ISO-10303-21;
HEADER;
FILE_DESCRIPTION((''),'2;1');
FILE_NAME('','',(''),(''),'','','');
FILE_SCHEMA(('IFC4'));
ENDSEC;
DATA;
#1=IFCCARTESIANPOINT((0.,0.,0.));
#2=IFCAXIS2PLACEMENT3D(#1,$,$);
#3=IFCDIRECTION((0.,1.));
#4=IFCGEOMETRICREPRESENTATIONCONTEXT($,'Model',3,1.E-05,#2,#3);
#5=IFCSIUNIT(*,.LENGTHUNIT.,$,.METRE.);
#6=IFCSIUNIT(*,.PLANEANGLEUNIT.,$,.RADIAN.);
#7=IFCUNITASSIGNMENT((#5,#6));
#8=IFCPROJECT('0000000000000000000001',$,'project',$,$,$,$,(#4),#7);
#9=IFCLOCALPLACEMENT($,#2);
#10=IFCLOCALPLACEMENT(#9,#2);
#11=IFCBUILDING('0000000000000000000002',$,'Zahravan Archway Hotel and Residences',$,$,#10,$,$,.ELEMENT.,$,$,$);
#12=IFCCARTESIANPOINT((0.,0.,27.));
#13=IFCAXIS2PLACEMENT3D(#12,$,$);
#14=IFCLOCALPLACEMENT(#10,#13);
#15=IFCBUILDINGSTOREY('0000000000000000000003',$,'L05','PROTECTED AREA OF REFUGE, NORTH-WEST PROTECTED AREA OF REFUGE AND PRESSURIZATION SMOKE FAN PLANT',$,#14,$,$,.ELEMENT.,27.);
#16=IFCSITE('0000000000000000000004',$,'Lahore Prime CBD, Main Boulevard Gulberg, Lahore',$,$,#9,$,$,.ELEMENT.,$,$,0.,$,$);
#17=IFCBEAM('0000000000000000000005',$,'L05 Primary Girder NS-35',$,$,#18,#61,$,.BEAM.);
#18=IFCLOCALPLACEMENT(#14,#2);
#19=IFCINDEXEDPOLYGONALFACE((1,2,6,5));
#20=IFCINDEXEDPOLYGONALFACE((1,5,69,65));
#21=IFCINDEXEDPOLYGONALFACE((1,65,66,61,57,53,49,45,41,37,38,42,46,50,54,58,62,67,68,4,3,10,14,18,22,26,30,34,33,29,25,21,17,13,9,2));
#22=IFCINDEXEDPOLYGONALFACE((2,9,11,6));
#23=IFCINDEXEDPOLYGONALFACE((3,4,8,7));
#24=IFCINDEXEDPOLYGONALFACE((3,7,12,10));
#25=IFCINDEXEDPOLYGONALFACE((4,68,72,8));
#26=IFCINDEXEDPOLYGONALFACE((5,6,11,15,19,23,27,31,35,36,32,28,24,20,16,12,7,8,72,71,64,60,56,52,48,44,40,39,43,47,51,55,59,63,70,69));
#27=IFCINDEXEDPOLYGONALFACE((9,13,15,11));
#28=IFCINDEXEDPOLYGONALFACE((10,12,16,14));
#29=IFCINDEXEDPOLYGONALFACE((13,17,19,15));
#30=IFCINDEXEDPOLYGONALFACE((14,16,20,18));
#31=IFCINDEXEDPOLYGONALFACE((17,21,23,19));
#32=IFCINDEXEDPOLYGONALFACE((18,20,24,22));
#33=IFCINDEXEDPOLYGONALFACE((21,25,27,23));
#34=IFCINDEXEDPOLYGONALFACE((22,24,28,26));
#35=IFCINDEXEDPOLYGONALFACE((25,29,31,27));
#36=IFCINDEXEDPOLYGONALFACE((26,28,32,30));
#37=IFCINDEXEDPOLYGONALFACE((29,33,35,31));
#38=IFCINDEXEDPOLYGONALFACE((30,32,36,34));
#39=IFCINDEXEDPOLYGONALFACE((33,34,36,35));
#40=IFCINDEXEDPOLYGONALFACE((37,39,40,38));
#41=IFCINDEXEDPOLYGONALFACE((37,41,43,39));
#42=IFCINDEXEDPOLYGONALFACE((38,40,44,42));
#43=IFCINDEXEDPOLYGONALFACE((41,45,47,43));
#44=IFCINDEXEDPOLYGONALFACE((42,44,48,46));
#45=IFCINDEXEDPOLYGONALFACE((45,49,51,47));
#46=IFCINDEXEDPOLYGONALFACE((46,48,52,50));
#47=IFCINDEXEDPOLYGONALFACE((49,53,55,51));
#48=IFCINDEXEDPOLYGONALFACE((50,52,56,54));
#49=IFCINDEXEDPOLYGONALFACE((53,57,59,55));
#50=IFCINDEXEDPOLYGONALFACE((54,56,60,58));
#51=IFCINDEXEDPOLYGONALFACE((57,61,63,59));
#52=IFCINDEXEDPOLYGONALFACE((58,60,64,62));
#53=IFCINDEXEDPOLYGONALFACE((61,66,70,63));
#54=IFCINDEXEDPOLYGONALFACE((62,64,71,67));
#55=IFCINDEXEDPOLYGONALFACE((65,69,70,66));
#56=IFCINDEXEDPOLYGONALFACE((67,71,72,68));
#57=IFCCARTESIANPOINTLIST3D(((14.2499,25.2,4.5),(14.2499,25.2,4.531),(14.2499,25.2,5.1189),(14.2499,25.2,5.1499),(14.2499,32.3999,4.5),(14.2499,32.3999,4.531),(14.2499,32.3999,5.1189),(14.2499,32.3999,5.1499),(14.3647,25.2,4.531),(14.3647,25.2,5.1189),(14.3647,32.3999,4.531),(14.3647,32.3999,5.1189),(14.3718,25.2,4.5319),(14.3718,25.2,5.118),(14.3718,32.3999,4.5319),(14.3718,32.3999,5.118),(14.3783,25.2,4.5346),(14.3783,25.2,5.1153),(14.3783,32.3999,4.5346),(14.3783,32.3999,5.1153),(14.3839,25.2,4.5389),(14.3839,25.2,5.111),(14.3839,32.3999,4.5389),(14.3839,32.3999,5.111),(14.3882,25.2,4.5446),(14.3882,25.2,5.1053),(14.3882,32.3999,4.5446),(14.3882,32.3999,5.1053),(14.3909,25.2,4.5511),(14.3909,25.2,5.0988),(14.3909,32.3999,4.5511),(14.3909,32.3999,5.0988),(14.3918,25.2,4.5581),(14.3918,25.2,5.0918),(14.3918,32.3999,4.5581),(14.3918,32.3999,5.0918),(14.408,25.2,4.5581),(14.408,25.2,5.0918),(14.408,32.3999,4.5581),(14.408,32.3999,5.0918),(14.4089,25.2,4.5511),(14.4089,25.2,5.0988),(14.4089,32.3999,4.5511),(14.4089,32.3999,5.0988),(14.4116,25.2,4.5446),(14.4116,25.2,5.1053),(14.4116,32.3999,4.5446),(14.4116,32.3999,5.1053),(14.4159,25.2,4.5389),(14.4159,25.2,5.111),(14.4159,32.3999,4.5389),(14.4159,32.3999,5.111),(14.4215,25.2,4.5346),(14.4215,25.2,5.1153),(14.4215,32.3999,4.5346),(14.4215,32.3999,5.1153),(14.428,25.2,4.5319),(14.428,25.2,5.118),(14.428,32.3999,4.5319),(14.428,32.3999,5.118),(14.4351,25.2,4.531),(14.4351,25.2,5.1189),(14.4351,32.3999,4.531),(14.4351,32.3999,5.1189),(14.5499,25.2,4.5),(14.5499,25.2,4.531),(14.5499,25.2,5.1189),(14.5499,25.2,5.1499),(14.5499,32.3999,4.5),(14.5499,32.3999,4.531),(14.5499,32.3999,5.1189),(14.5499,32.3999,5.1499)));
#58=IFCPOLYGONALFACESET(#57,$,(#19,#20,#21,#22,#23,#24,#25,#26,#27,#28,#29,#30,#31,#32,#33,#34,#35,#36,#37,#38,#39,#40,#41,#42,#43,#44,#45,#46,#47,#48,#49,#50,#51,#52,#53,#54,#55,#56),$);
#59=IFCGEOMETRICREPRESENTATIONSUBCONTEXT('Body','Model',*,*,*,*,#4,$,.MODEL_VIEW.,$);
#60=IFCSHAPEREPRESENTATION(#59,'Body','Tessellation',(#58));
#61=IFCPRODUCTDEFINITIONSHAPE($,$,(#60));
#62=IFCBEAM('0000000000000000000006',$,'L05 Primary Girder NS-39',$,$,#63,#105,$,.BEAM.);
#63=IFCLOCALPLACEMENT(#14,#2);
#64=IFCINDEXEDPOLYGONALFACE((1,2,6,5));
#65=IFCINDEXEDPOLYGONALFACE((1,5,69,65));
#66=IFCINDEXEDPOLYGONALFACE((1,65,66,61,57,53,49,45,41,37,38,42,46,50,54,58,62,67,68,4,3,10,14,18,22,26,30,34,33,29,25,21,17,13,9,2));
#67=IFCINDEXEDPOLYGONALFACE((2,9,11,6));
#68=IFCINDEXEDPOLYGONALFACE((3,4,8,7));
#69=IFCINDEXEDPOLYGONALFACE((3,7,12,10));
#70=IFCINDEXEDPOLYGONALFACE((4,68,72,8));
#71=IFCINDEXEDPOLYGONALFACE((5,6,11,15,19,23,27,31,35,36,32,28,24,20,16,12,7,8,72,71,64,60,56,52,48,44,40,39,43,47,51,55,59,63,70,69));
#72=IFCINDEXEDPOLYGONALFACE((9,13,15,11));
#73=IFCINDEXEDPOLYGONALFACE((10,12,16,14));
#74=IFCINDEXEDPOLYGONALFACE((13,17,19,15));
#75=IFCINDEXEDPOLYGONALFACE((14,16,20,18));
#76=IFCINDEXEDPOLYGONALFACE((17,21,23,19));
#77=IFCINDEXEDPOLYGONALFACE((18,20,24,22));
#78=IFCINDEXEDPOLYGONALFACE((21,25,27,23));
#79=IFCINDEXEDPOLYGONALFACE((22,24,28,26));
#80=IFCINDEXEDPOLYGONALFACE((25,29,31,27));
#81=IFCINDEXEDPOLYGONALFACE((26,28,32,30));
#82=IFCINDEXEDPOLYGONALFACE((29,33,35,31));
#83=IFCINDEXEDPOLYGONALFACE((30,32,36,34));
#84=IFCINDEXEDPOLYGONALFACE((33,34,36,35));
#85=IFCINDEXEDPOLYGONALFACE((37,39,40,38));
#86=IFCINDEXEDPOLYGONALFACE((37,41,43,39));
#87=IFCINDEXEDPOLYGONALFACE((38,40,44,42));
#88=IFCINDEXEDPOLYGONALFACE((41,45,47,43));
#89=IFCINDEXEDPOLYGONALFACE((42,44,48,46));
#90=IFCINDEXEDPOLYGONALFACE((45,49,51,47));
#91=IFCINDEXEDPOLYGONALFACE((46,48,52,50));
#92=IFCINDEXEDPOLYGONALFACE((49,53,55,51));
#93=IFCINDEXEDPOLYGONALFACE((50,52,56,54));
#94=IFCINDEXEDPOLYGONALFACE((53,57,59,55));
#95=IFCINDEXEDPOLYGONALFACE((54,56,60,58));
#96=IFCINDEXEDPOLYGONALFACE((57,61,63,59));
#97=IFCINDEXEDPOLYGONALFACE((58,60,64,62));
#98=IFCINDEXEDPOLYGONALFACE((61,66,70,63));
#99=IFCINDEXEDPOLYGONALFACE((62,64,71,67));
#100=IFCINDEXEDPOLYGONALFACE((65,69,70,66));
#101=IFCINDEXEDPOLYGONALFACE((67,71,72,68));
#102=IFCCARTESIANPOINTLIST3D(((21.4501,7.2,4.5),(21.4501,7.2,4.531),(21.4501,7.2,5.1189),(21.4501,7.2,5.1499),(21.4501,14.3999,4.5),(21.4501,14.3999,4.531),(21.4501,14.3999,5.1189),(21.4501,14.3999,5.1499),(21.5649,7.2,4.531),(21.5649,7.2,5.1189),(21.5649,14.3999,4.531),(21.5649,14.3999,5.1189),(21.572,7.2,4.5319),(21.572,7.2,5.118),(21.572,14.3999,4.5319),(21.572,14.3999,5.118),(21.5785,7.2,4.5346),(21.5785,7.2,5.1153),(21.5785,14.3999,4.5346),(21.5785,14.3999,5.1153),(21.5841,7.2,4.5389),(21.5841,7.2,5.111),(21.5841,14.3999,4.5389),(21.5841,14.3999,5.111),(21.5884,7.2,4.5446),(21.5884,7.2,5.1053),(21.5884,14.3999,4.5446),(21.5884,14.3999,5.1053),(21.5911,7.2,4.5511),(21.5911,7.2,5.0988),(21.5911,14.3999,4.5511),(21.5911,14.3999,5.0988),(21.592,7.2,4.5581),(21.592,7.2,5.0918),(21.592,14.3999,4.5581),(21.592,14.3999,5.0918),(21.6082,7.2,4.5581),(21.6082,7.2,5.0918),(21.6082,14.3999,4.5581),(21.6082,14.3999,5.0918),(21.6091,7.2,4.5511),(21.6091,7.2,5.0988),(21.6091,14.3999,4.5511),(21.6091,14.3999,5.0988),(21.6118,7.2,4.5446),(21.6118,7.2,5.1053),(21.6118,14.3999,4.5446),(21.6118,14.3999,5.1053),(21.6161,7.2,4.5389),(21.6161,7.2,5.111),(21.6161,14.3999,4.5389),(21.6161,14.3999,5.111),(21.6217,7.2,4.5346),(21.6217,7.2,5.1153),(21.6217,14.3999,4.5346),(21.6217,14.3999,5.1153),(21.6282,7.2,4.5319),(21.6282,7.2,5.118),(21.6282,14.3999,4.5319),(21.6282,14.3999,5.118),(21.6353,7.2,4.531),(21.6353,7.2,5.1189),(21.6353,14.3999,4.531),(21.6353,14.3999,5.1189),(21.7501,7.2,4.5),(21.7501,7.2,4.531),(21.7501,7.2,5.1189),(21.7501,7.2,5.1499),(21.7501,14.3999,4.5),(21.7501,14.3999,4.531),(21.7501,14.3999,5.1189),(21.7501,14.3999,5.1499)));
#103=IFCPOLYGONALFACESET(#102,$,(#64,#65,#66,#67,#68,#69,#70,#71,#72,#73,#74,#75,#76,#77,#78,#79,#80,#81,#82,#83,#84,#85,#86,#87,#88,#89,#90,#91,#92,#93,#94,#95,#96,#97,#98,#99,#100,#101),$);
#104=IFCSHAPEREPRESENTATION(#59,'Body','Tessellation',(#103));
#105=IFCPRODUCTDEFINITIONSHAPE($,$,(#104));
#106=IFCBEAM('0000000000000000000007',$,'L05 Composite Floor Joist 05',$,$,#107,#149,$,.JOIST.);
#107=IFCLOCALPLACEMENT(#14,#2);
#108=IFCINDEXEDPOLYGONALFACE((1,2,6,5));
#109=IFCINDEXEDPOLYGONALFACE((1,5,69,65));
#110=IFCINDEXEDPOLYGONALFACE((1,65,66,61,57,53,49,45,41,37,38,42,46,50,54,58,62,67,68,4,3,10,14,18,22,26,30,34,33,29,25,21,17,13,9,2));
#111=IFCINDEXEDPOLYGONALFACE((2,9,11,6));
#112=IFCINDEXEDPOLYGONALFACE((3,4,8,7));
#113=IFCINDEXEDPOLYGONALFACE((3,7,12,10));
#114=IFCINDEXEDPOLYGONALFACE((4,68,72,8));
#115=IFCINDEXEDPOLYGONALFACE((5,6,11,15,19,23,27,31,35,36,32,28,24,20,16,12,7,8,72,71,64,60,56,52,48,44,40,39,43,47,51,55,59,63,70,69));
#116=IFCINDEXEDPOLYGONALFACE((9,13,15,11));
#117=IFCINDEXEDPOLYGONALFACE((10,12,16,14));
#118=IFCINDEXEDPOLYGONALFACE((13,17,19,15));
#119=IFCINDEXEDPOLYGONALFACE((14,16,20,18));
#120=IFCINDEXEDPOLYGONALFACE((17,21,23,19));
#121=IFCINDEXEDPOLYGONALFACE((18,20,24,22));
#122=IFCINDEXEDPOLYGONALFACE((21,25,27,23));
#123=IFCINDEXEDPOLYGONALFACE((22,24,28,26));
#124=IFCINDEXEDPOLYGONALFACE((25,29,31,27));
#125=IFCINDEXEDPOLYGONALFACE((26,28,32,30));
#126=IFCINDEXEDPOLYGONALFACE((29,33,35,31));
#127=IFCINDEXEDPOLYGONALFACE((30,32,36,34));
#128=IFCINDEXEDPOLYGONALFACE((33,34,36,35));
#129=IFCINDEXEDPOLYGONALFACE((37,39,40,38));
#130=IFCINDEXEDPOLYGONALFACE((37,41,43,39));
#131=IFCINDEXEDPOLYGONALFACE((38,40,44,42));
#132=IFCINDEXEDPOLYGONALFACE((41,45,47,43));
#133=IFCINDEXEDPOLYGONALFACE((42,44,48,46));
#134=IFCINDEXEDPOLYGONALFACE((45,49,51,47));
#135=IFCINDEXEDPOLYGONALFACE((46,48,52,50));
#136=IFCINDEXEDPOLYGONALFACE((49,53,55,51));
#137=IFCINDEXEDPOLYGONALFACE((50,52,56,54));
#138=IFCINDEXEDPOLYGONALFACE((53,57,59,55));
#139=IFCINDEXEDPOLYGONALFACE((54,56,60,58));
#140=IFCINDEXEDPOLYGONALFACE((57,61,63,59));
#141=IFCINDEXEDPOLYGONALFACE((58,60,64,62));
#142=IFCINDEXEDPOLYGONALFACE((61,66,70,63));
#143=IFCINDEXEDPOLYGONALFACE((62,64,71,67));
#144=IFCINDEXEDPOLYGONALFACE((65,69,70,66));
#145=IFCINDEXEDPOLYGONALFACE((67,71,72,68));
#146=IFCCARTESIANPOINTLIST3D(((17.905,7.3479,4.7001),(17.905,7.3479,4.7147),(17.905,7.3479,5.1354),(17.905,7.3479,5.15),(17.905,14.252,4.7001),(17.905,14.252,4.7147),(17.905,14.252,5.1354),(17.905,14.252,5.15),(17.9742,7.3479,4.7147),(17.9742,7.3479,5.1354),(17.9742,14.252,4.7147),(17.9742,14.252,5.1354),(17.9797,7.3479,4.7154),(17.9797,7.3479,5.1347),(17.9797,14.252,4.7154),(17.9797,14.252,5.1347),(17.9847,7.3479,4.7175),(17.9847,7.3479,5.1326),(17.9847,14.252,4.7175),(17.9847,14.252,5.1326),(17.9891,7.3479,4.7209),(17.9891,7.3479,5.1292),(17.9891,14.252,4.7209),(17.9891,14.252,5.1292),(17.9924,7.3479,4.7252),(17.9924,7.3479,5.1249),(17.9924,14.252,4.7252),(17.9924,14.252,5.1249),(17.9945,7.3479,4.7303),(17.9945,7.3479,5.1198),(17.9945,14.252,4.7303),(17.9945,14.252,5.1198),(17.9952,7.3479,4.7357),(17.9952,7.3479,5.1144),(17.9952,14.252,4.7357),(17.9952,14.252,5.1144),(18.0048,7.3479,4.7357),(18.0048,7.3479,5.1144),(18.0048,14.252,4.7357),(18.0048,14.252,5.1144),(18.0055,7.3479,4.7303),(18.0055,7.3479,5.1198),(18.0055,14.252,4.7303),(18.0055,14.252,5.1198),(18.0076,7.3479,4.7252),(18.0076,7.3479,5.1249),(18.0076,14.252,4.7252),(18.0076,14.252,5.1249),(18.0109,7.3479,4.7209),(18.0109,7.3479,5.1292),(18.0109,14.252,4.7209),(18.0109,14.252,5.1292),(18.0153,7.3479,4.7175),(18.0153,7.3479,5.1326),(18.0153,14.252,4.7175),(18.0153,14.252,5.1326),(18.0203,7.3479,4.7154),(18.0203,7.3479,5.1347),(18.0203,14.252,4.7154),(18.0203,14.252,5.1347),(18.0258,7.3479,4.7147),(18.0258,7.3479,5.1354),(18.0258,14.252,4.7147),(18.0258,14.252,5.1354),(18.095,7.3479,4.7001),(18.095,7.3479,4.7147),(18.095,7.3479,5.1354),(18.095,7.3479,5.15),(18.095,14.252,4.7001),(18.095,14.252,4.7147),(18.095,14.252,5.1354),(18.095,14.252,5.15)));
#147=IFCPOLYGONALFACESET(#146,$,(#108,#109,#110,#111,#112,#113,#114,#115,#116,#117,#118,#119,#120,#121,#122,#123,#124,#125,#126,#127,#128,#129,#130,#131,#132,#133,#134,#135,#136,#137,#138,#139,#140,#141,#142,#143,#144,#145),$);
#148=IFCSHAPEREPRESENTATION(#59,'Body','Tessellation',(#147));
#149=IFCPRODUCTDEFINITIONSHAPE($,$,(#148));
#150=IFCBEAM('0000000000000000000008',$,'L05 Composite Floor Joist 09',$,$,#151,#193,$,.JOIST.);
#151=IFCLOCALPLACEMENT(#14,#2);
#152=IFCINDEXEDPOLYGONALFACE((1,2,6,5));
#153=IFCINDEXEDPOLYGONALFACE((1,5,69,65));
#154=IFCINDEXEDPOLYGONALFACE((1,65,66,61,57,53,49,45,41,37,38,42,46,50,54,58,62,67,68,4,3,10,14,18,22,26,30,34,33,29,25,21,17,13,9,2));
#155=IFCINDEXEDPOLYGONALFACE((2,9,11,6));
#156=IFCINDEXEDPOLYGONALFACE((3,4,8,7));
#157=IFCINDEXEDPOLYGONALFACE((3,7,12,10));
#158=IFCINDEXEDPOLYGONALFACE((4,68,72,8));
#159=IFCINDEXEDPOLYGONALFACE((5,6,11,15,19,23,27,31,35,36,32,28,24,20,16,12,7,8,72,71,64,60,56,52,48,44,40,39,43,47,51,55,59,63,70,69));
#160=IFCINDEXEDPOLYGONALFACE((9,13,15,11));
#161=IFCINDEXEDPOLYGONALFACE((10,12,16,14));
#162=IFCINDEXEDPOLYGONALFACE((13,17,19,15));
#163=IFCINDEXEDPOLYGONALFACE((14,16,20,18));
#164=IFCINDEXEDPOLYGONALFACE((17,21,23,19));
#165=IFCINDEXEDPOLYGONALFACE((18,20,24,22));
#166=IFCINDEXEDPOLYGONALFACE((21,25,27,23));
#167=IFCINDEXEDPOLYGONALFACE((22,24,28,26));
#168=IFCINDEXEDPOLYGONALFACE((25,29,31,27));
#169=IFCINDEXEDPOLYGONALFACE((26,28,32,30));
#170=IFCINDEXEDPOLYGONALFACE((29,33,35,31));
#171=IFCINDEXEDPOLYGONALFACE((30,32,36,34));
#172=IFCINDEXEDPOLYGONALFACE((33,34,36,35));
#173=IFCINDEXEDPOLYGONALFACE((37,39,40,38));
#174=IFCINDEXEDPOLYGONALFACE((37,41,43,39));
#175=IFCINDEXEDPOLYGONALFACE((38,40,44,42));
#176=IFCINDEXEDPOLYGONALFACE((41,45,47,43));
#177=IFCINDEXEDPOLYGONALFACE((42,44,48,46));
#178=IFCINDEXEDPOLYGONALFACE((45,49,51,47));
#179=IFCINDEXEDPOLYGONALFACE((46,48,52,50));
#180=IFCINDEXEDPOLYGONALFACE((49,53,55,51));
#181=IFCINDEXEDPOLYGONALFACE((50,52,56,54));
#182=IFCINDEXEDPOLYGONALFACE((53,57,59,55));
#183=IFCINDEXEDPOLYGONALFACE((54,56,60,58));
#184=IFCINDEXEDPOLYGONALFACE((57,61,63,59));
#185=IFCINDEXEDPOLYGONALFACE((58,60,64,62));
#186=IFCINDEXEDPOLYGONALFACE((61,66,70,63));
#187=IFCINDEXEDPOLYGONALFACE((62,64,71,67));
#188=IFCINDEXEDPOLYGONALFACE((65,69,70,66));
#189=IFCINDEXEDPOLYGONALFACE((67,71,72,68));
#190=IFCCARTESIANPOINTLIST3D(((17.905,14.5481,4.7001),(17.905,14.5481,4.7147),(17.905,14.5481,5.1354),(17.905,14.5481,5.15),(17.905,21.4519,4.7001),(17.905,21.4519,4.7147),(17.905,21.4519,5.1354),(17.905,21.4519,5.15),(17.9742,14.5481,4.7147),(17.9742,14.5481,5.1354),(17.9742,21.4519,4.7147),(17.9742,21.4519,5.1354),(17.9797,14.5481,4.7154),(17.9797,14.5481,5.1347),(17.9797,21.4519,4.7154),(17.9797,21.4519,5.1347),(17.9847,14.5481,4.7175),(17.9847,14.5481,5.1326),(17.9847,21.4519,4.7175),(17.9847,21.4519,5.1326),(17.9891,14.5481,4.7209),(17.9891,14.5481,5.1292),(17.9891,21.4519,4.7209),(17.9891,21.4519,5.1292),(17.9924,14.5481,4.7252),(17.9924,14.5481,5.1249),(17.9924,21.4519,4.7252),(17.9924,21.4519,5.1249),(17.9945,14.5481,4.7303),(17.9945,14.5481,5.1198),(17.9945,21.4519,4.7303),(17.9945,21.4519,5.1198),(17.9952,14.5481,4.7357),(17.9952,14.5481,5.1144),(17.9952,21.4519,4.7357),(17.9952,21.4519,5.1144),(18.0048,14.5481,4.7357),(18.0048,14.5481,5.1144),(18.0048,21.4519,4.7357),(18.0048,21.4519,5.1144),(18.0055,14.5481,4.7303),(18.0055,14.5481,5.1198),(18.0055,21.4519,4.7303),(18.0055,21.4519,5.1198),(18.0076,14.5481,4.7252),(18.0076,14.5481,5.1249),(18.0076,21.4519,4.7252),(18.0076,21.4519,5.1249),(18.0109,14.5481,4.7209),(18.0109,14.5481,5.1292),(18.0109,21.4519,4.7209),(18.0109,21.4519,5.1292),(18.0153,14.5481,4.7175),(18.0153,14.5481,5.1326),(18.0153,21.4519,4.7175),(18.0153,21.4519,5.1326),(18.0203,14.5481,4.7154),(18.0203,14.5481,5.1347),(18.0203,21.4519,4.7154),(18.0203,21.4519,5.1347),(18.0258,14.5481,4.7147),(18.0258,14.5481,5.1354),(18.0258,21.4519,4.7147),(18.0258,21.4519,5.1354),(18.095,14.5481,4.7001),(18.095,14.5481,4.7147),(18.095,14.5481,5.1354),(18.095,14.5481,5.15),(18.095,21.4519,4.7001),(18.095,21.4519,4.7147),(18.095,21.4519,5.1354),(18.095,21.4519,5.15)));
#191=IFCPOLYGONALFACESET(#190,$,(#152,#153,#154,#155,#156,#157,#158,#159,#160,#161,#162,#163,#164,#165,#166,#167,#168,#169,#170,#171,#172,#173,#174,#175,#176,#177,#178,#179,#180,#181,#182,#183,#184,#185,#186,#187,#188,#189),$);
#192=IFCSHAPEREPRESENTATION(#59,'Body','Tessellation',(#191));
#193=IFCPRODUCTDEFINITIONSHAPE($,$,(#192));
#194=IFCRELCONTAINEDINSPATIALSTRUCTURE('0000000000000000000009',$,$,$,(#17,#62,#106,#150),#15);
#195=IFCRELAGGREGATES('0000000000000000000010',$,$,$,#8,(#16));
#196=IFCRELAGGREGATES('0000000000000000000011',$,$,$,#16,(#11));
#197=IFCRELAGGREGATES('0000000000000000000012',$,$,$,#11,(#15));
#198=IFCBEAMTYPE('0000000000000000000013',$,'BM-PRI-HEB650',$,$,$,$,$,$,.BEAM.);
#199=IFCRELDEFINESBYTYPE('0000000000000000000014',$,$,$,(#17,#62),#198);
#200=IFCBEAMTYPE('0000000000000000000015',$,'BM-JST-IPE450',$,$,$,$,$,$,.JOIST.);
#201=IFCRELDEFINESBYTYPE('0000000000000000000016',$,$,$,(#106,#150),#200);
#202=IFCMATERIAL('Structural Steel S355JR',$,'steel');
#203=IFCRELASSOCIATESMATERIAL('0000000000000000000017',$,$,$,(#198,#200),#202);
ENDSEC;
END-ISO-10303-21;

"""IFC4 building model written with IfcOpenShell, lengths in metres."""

from ifc_helpers import new_model, si_unit, direction, frame, origin, origin_2d, place, context, subcontext, project, spatial, i_section, extrude, source, transform, mapped, material, material_profile, profile_set, type_object, type_shapes, element, save


model = new_model("IFC4")

# Units and contexts
model_context = context("Model", 3, precision=1e-05, world=origin(), true_north=direction((0.0, 1.0)))
body_context = subcontext(model_context, "Body", "Model", "MODEL_VIEW")
ifc_project = project(units=[si_unit("LENGTHUNIT", "METRE"), si_unit("PLANEANGLEUNIT", "RADIAN")], contexts=[model_context])

# Site, building, storey
site_placement = place(None, origin())
site = spatial("IfcSite", under=ifc_project, at=site_placement, Name="Lahore Prime CBD, Main Boulevard Gulberg, Lahore", CompositionType="ELEMENT", RefElevation=0.0)
building_placement = place(site_placement, origin())
building = spatial("IfcBuilding", under=site, at=building_placement, Name="Zahravan Archway Hotel and Residences", CompositionType="ELEMENT")
storey_placement = place(building_placement, frame((0.0, 0.0, 27.0)))
storey = spatial("IfcBuildingStorey", under=building, at=storey_placement, Name="L05", Description="PROTECTED AREA OF REFUGE, NORTH-WEST PROTECTED AREA OF REFUGE AND PRESSURIZATION SMOKE FAN PLANT", CompositionType="ELEMENT", Elevation=27.0)

# Beams
ifc_material_1 = material(Name="Structural Steel S355JR", Category="steel")
ifc_material_profile_1 = material_profile(ifc_material_1, i_section(OverallWidth=0.3, OverallDepth=0.6499, WebThickness=0.0161, FlangeThickness=0.031, FilletRadius=0.0271, at=origin_2d()), Name="HEB 650", Category="steel")
ifc_profile_set_1 = profile_set([ifc_material_profile_1], Name="Structural Steel S355JR")
beam_type_1 = type_object("IfcBeamType", Name="BM-PRI-HEB650", PredefinedType="BEAM", material=ifc_profile_set_1)
shared_shape_1 = source(origin(), body_context, "Body", "SweptSolid", [
    extrude(i_section(OverallWidth=0.3, OverallDepth=0.6499, WebThickness=0.0161, FlangeThickness=0.031, FilletRadius=0.0271, at=origin_2d()), origin(), (0.0, 0.0, 1.0), 7.2),
])
for number, where, z_axis, x_axis, name in (
    (1, (14.3999, 25.2, 4.825), (0.0, 1.0, 0.0), (-1.0, 0.0, 0.0), "L05 Primary Girder NS-35"),
    (2, (21.6001, 7.2, 4.825), (0.0, 1.0, 0.0), (-1.0, 0.0, 0.0), "L05 Primary Girder NS-39"),
):
    element("IfcBeam", number, at=place(storey_placement, frame(where, z_axis=z_axis, x_axis=x_axis)), inside=storey, type_object=beam_type_1, Name=name, PredefinedType="BEAM", context=body_context, shape_type="MappedRepresentation", body=[
        mapped(shared_shape_1, transform((0.0, 0.0, 0.0), scale=1.0)),
    ])
ifc_material_profile_2 = material_profile(ifc_material_1, i_section(OverallWidth=0.1899, OverallDepth=0.45, WebThickness=0.0095, FlangeThickness=0.0146, FilletRadius=0.021, at=origin_2d()), Name="IPE 450", Category="steel")
ifc_profile_set_2 = profile_set([ifc_material_profile_2], Name="Structural Steel S355JR")
beam_type_2 = type_object("IfcBeamType", Name="BM-JST-IPE450", PredefinedType="JOIST", material=ifc_profile_set_2)
shared_shape_2 = source(origin(), body_context, "Body", "SweptSolid", [
    extrude(i_section(OverallWidth=0.1899, OverallDepth=0.45, WebThickness=0.0095, FlangeThickness=0.0146, FilletRadius=0.021, at=origin_2d()), origin(), (0.0, 0.0, 1.0), 6.9041),
])
type_shapes(beam_type_2, [shared_shape_2])
beam_1_placement = place(storey_placement, frame((18.0, 7.3479, 4.925), z_axis=(0.0, 1.0, 0.0), x_axis=(-1.0, 0.0, 0.0)))
element("IfcBeam", 3, at=beam_1_placement, inside=storey, type_object=beam_type_2, Name="L05 Composite Floor Joist 05", PredefinedType="JOIST", context=body_context, shape_type="MappedRepresentation", body=[
    mapped(shared_shape_2, transform((0.0, 0.0, 0.0), scale=1.0)),
])
shared_shape_3 = source(origin(), body_context, "Body", "SweptSolid", [
    extrude(i_section(OverallWidth=0.1899, OverallDepth=0.45, WebThickness=0.0095, FlangeThickness=0.0146, FilletRadius=0.021, at=origin_2d()), origin(), (0.0, 0.0, 1.0), 6.9038),
])
beam_2_placement = place(storey_placement, frame((18.0, 14.5481, 4.925), z_axis=(0.0, 1.0, 0.0), x_axis=(-1.0, 0.0, 0.0)))
element("IfcBeam", 4, at=beam_2_placement, inside=storey, type_object=beam_type_2, Name="L05 Composite Floor Joist 09", PredefinedType="JOIST", context=body_context, shape_type="MappedRepresentation", body=[
    mapped(shared_shape_3, transform((0.0, 0.0, 0.0), scale=1.0)),
])

save(model, "model.ifc")
